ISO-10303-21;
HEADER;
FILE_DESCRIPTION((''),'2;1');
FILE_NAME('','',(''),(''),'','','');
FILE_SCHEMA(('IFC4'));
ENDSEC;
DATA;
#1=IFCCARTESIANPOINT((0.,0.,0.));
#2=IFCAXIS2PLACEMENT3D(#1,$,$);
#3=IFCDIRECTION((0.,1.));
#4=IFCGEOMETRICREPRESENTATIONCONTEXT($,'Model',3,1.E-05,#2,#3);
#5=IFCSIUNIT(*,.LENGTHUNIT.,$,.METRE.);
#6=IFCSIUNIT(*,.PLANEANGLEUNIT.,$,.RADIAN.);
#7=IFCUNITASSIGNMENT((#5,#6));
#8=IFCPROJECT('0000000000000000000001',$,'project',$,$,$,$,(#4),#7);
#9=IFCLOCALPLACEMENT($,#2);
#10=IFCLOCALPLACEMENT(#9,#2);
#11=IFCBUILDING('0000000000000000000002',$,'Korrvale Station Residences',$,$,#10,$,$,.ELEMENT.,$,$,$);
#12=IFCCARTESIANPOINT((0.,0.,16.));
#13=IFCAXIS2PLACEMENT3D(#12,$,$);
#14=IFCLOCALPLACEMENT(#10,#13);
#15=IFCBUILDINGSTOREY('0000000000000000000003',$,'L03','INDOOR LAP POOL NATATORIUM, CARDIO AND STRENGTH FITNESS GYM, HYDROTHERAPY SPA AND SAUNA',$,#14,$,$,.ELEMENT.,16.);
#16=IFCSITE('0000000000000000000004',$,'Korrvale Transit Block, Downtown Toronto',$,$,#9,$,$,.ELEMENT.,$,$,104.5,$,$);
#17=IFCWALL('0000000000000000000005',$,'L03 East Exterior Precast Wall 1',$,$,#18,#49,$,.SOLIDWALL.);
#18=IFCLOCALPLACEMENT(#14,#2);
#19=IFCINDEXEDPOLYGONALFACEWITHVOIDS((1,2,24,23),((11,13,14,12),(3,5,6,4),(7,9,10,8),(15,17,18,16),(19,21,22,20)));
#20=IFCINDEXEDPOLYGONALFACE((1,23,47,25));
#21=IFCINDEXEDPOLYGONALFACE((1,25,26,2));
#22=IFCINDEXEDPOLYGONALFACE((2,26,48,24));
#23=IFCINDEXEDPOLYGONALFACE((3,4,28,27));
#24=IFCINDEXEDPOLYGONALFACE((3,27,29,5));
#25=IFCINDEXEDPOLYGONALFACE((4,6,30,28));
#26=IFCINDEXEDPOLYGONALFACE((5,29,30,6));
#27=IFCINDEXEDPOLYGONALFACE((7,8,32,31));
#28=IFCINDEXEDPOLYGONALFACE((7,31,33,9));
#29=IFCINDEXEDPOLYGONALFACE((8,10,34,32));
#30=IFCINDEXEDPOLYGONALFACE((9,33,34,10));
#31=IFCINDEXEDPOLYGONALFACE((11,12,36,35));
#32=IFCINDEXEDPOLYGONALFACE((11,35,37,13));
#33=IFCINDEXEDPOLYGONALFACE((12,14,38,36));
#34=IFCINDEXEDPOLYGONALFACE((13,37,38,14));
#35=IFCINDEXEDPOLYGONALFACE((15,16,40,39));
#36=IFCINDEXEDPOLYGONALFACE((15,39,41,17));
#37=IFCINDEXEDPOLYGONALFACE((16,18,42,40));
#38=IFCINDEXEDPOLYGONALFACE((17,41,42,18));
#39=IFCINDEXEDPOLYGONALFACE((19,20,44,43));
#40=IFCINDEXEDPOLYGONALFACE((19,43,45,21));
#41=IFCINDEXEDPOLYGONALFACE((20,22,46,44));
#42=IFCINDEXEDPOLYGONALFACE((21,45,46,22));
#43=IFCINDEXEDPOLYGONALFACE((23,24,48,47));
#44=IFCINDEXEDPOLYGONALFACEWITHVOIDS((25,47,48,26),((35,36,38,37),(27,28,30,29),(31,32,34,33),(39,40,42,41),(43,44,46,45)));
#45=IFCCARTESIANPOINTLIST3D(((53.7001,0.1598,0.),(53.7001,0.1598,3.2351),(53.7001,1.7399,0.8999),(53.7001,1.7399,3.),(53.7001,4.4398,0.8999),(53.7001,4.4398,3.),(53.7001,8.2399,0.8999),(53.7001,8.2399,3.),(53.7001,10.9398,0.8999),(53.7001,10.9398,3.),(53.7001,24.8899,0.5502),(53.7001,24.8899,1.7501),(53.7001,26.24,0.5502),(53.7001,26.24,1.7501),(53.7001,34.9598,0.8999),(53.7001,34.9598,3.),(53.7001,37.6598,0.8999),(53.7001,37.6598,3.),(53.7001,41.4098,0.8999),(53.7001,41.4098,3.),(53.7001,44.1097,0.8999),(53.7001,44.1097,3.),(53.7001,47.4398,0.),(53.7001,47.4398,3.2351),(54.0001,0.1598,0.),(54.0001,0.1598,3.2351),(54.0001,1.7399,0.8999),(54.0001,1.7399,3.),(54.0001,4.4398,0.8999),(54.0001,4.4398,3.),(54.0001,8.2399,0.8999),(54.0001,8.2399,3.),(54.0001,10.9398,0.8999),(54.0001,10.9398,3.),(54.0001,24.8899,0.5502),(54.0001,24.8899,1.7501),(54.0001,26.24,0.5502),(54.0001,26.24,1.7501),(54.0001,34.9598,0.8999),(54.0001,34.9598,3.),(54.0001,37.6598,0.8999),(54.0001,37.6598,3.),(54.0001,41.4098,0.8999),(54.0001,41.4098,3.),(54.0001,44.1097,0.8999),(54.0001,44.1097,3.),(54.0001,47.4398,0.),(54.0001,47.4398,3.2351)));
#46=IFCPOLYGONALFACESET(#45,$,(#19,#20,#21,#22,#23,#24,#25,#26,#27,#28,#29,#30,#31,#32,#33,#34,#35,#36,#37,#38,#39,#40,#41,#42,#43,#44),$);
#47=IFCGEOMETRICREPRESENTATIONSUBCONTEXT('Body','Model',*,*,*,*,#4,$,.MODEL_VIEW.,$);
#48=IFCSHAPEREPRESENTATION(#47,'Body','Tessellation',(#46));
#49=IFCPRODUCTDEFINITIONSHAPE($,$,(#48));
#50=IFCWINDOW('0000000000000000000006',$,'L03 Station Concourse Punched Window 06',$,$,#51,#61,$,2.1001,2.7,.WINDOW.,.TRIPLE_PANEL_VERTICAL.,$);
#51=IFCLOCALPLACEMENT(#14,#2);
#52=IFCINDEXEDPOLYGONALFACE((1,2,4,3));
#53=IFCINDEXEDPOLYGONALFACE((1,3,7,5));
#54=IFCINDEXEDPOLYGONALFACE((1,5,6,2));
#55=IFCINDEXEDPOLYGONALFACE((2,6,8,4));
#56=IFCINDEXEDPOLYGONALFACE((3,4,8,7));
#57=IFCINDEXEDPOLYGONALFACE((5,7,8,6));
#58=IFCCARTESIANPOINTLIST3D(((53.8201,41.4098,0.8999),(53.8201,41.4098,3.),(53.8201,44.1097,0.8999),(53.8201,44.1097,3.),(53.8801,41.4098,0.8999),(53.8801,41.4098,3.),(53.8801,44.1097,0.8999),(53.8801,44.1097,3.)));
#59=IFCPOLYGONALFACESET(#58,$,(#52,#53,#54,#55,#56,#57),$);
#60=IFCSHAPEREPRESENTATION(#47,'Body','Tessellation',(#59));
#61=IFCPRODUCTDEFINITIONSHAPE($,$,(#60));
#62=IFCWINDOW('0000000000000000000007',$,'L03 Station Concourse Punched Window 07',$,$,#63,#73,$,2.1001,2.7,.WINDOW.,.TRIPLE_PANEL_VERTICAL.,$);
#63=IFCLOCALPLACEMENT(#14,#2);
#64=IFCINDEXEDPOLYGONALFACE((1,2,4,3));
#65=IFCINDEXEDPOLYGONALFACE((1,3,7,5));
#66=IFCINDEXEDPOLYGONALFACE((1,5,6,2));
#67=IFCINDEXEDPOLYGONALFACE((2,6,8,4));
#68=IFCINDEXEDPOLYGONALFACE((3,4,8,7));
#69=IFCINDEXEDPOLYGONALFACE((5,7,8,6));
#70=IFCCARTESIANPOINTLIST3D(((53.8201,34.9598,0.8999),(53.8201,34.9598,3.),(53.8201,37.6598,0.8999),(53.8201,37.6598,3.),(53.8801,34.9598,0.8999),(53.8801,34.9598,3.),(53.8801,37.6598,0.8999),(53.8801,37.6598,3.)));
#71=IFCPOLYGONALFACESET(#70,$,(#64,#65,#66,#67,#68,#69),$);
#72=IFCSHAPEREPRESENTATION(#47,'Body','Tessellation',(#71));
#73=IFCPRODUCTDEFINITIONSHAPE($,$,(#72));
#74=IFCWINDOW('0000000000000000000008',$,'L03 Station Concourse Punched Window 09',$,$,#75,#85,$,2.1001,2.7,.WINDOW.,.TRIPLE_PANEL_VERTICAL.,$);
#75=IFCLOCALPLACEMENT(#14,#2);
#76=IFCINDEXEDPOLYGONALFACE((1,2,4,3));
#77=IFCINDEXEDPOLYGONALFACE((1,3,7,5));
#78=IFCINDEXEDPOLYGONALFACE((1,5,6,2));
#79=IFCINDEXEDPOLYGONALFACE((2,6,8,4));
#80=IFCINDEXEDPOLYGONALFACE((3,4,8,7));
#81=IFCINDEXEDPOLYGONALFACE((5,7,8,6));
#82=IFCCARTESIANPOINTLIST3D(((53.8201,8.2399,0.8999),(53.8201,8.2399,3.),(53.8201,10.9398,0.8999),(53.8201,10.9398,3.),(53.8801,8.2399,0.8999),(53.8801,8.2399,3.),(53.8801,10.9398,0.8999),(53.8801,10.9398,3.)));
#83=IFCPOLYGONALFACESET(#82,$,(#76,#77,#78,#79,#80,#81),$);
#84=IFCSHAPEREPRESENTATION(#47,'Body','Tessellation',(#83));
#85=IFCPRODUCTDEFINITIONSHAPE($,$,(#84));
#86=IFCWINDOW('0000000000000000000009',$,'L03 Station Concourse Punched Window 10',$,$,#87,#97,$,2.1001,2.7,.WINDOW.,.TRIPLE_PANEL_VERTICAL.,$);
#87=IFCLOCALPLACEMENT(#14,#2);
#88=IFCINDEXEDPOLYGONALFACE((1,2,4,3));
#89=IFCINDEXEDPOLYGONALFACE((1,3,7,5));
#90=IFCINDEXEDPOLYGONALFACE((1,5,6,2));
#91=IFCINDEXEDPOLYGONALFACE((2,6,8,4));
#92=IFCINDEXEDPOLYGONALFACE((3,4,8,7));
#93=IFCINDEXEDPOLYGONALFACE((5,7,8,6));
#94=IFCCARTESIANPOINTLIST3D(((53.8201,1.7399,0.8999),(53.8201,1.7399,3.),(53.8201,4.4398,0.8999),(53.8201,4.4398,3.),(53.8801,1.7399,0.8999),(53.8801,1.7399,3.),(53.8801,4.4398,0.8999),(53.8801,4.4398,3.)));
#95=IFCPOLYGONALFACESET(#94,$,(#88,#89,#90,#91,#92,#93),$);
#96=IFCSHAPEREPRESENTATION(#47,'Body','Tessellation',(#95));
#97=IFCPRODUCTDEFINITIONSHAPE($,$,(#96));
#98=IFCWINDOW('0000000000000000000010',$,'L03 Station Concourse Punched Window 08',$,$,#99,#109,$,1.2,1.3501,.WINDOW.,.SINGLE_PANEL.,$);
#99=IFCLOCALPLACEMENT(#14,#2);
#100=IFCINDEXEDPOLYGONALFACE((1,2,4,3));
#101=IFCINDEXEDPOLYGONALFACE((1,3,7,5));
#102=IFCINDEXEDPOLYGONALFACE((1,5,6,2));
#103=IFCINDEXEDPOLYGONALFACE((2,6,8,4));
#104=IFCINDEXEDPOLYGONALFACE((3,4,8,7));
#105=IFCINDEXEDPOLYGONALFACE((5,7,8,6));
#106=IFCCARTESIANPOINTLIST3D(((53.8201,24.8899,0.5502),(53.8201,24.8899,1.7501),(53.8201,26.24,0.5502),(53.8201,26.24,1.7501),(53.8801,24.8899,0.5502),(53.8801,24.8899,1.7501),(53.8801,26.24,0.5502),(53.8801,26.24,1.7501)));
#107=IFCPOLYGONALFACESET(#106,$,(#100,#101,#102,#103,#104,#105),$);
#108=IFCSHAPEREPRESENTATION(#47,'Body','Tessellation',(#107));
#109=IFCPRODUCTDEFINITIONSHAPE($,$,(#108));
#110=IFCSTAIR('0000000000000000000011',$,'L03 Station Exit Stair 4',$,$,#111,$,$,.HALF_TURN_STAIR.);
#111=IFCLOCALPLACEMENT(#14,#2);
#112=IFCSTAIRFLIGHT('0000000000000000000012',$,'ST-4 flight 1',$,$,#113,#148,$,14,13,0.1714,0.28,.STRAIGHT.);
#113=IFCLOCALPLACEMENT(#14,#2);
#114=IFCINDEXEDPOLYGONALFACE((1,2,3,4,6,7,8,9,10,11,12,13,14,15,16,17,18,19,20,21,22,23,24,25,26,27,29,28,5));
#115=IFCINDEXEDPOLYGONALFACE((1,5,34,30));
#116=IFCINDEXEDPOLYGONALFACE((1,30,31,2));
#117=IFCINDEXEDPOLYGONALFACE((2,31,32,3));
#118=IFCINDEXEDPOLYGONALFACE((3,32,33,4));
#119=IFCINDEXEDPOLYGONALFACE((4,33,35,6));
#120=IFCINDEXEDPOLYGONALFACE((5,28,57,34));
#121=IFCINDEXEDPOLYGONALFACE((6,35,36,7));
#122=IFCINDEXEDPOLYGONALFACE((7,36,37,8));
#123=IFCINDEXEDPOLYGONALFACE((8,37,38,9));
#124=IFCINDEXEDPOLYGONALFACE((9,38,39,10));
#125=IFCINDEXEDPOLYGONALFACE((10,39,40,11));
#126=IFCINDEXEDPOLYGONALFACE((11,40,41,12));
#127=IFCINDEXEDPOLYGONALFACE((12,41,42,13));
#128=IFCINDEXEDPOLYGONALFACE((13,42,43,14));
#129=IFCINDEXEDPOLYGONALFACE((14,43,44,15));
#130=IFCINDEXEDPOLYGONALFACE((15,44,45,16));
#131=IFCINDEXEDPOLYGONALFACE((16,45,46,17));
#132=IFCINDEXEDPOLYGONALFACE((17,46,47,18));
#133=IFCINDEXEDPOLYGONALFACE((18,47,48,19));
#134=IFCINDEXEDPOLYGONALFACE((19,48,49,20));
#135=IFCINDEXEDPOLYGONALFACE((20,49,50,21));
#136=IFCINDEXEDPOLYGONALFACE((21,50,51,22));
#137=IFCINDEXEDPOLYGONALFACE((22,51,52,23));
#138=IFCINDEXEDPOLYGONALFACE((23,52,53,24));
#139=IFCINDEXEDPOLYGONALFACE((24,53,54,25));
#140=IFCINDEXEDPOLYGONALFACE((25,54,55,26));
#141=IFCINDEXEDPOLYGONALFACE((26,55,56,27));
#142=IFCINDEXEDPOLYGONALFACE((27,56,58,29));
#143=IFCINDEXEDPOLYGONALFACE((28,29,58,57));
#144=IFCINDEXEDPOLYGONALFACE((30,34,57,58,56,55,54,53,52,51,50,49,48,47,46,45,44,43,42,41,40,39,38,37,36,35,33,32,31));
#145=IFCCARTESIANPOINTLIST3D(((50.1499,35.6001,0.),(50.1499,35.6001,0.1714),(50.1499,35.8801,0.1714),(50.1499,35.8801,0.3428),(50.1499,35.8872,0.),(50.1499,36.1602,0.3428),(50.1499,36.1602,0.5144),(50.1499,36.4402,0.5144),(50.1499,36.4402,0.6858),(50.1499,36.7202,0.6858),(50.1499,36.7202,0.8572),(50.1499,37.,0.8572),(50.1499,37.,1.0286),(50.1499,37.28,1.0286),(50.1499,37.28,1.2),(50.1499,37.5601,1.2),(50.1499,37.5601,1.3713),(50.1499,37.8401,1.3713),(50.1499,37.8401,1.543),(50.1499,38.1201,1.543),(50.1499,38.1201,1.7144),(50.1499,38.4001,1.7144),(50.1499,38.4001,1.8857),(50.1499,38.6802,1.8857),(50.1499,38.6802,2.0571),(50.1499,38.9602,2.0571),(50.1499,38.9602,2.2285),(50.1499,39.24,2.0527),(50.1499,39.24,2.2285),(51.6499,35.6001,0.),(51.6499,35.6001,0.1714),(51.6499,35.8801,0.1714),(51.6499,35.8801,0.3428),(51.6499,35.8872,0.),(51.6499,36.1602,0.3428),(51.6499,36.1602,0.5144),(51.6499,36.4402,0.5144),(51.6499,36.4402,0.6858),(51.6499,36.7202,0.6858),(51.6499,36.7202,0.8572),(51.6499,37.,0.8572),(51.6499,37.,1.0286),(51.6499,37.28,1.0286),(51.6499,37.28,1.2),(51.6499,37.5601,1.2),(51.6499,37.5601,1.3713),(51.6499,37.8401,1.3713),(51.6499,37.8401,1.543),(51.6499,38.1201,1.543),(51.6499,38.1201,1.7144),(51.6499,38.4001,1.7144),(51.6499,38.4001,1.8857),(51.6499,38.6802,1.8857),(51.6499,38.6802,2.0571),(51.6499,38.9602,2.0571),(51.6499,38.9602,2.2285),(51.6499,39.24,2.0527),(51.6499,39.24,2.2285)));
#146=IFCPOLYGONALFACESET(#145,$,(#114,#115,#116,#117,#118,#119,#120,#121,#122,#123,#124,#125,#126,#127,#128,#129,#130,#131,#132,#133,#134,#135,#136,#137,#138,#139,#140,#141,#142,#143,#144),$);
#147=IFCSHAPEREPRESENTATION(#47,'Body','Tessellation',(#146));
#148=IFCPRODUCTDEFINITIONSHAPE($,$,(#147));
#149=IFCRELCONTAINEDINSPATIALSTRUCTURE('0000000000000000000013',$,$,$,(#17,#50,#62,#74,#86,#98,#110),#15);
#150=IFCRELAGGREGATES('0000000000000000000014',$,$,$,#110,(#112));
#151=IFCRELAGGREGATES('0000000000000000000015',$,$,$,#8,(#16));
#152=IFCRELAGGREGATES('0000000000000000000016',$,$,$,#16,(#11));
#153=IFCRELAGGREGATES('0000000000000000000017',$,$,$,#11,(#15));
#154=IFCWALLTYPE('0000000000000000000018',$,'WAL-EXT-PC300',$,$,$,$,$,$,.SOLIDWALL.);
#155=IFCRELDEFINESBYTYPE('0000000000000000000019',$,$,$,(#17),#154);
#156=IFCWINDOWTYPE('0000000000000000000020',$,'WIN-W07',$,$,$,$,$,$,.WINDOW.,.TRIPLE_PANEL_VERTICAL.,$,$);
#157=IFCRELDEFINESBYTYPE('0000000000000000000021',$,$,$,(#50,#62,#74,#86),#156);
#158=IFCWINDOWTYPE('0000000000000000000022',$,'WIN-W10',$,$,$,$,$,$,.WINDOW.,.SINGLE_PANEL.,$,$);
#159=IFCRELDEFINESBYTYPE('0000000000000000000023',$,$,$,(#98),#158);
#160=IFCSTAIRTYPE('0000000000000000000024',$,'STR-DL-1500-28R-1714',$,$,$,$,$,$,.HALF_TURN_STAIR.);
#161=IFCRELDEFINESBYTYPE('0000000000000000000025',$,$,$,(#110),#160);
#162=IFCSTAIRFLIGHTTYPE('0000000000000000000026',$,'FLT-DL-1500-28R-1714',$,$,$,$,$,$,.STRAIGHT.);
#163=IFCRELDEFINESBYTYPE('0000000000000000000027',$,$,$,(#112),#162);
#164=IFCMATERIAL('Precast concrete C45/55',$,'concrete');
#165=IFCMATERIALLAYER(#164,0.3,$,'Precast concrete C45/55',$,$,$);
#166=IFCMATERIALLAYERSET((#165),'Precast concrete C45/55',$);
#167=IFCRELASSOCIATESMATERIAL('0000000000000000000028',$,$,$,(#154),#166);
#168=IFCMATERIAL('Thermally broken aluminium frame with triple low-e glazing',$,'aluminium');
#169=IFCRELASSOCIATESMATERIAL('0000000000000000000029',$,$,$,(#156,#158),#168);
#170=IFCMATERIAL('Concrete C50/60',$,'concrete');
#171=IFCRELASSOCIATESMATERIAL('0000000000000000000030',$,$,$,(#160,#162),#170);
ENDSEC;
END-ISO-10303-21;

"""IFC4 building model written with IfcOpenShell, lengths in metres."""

from ifc_helpers import new_model, si_unit, direction, frame, frame_2d, origin, place, context, subcontext, project, spatial, polyline, rectangle, outline, extrude, material, layer, layer_set, type_object, element, fill, aggregate, save


model = new_model("IFC4")

# Units and contexts
model_context = context("Model", 3, precision=1e-05, world=origin(), true_north=direction((0.0, 1.0)))
body_context = subcontext(model_context, "Body", "Model", "MODEL_VIEW")
ifc_project = project(units=[si_unit("LENGTHUNIT", "METRE"), si_unit("PLANEANGLEUNIT", "RADIAN")], contexts=[model_context])

# Site, building, storey
site_placement = place(None, origin())
site = spatial("IfcSite", under=ifc_project, at=site_placement, Name="Korrvale Transit Block, Downtown Toronto", CompositionType="ELEMENT", RefElevation=104.5)
building_placement = place(site_placement, origin())
building = spatial("IfcBuilding", under=site, at=building_placement, Name="Korrvale Station Residences", CompositionType="ELEMENT")
storey_placement = place(building_placement, frame((0.0, 0.0, 16.0)))
storey = spatial("IfcBuildingStorey", under=building, at=storey_placement, Name="L03", Description="INDOOR LAP POOL NATATORIUM, CARDIO AND STRENGTH FITNESS GYM, HYDROTHERAPY SPA AND SAUNA", CompositionType="ELEMENT", Elevation=16.0)

# Wall, openings, windows
ifc_material_1 = material(Name="Precast concrete C45/55", Category="concrete")
ifc_layer_1 = layer(ifc_material_1, 0.3, Name="Precast concrete C45/55")
ifc_layer_set_1 = layer_set([ifc_layer_1], Name="Precast concrete C45/55")
wall_type_1 = type_object("IfcWallType", Name="WAL-EXT-PC300", PredefinedType="SOLIDWALL", material=ifc_layer_set_1)
wall_1_placement = place(storey_placement, frame((53.8501, 47.4399, 0.0), z_axis=(0.0, 0.0, 1.0), x_axis=(0.0, -1.0, 0.0)))
wall_1 = element("IfcWall", 1, at=wall_1_placement, inside=storey, type_object=wall_type_1, Name="L03 East Exterior Precast Wall 1", PredefinedType="SOLIDWALL", context=body_context, shape_type="SweptSolid", body=[
    extrude(rectangle(XDim=47.28, YDim=0.3, at=frame_2d((23.6401, 0.0))), origin(), (0.0, 0.0, 1.0), 3.2351),
])
opening_1_placement = place(wall_1_placement, frame((3.3301, 0.0, 0.8999)))
opening_1 = element("IfcOpeningElement", 2, at=opening_1_placement, cuts=wall_1, PredefinedType="OPENING", context=body_context, shape_type="SweptSolid", body=[
    extrude(rectangle(XDim=2.7, YDim=2.1001, at=frame_2d((1.3501, 1.05))), frame((0.0, 0.1602, 0.0), z_axis=(0.0, -1.0, 0.0), x_axis=(1.0, 0.0, 0.0)), (0.0, 0.0, 1.0), 0.3201),
])
opening_2_placement = place(wall_1_placement, frame((9.78, 0.0, 0.8999)))
opening_2 = element("IfcOpeningElement", 3, at=opening_2_placement, cuts=wall_1, PredefinedType="OPENING", context=body_context, shape_type="SweptSolid", body=[
    extrude(rectangle(XDim=2.7, YDim=2.1001, at=frame_2d((1.3501, 1.05))), frame((0.0, 0.1602, 0.0), z_axis=(0.0, -1.0, 0.0), x_axis=(1.0, 0.0, 0.0)), (0.0, 0.0, 1.0), 0.3201),
])
opening_3_placement = place(wall_1_placement, frame((21.2, 0.0, 0.55)))
opening_3 = element("IfcOpeningElement", 4, at=opening_3_placement, cuts=wall_1, PredefinedType="OPENING", context=body_context, shape_type="SweptSolid", body=[
    extrude(rectangle(XDim=1.3501, YDim=1.2, at=frame_2d((0.675, 0.6001))), frame((0.0, 0.1602, 0.0), z_axis=(0.0, -1.0, 0.0), x_axis=(1.0, 0.0, 0.0)), (0.0, 0.0, 1.0), 0.3201),
])
opening_4_placement = place(wall_1_placement, frame((36.5, 0.0, 0.8999)))
opening_4 = element("IfcOpeningElement", 5, at=opening_4_placement, cuts=wall_1, PredefinedType="OPENING", context=body_context, shape_type="SweptSolid", body=[
    extrude(rectangle(XDim=2.7, YDim=2.1001, at=frame_2d((1.3501, 1.05))), frame((0.0, 0.1602, 0.0), z_axis=(0.0, -1.0, 0.0), x_axis=(1.0, 0.0, 0.0)), (0.0, 0.0, 1.0), 0.3201),
])
opening_5_placement = place(wall_1_placement, frame((43.0, 0.0, 0.8999)))
opening_5 = element("IfcOpeningElement", 6, at=opening_5_placement, cuts=wall_1, PredefinedType="OPENING", context=body_context, shape_type="SweptSolid", body=[
    extrude(rectangle(XDim=2.7, YDim=2.1001, at=frame_2d((1.3501, 1.05))), frame((0.0, 0.1602, 0.0), z_axis=(0.0, -1.0, 0.0), x_axis=(1.0, 0.0, 0.0)), (0.0, 0.0, 1.0), 0.3201),
])
ifc_material_2 = material(Name="Thermally broken aluminium frame with triple low-e glazing", Category="aluminium")
window_type_1 = type_object("IfcWindowType", Name="WIN-W07", PartitioningType="TRIPLE_PANEL_VERTICAL", PredefinedType="WINDOW", material=ifc_material_2)
window_1_placement = place(opening_1_placement, origin())
window_1 = element("IfcWindow", 7, at=window_1_placement, inside=storey, type_object=window_type_1, Name="L03 Station Concourse Punched Window 06", OverallHeight=2.1001, OverallWidth=2.7, PartitioningType="TRIPLE_PANEL_VERTICAL", PredefinedType="WINDOW", context=body_context, shape_type="SweptSolid", body=[
    extrude(rectangle(XDim=2.7, YDim=2.1001, at=frame_2d((1.3501, 1.05))), frame((0.0, 0.03, 0.0), z_axis=(0.0, -1.0, 0.0), x_axis=(1.0, 0.0, 0.0)), (0.0, 0.0, 1.0), 0.0601),
])
fill(opening_1, window_1)
window_2_placement = place(opening_2_placement, origin())
window_2 = element("IfcWindow", 8, at=window_2_placement, inside=storey, type_object=window_type_1, Name="L03 Station Concourse Punched Window 07", OverallHeight=2.1001, OverallWidth=2.7, PartitioningType="TRIPLE_PANEL_VERTICAL", PredefinedType="WINDOW", context=body_context, shape_type="SweptSolid", body=[
    extrude(rectangle(XDim=2.7, YDim=2.1001, at=frame_2d((1.3501, 1.05))), frame((0.0, 0.03, 0.0), z_axis=(0.0, -1.0, 0.0), x_axis=(1.0, 0.0, 0.0)), (0.0, 0.0, 1.0), 0.0601),
])
fill(opening_2, window_2)
window_3_placement = place(opening_4_placement, origin())
window_3 = element("IfcWindow", 9, at=window_3_placement, inside=storey, type_object=window_type_1, Name="L03 Station Concourse Punched Window 09", OverallHeight=2.1001, OverallWidth=2.7, PartitioningType="TRIPLE_PANEL_VERTICAL", PredefinedType="WINDOW", context=body_context, shape_type="SweptSolid", body=[
    extrude(rectangle(XDim=2.7, YDim=2.1001, at=frame_2d((1.3501, 1.05))), frame((0.0, 0.03, 0.0), z_axis=(0.0, -1.0, 0.0), x_axis=(1.0, 0.0, 0.0)), (0.0, 0.0, 1.0), 0.0601),
])
fill(opening_4, window_3)
window_4_placement = place(opening_5_placement, origin())
window_4 = element("IfcWindow", 10, at=window_4_placement, inside=storey, type_object=window_type_1, Name="L03 Station Concourse Punched Window 10", OverallHeight=2.1001, OverallWidth=2.7, PartitioningType="TRIPLE_PANEL_VERTICAL", PredefinedType="WINDOW", context=body_context, shape_type="SweptSolid", body=[
    extrude(rectangle(XDim=2.7, YDim=2.1001, at=frame_2d((1.3501, 1.05))), frame((0.0, 0.03, 0.0), z_axis=(0.0, -1.0, 0.0), x_axis=(1.0, 0.0, 0.0)), (0.0, 0.0, 1.0), 0.0601),
])
fill(opening_5, window_4)
window_type_2 = type_object("IfcWindowType", Name="WIN-W10", PartitioningType="SINGLE_PANEL", PredefinedType="WINDOW", material=ifc_material_2)
window_5_placement = place(opening_3_placement, origin())
window_5 = element("IfcWindow", 11, at=window_5_placement, inside=storey, type_object=window_type_2, Name="L03 Station Concourse Punched Window 08", OverallHeight=1.2, OverallWidth=1.3501, PartitioningType="SINGLE_PANEL", PredefinedType="WINDOW", context=body_context, shape_type="SweptSolid", body=[
    extrude(rectangle(XDim=1.3501, YDim=1.2, at=frame_2d((0.675, 0.6001))), frame((0.0, 0.03, 0.0), z_axis=(0.0, -1.0, 0.0), x_axis=(1.0, 0.0, 0.0)), (0.0, 0.0, 1.0), 0.0601),
])
fill(opening_3, window_5)

# Stair, stair flight
ifc_material_3 = material(Name="Concrete C50/60", Category="concrete")
stair_type = type_object("IfcStairType", Name="STR-DL-1500-28R-1714", PredefinedType="HALF_TURN_STAIR", material=ifc_material_3)
stair_placement = place(storey_placement, origin())
stair = element("IfcStair", 12, at=stair_placement, inside=storey, type_object=stair_type, Name="L03 Station Exit Stair 4", PredefinedType="HALF_TURN_STAIR")
stair_flight_type = type_object("IfcStairFlightType", Name="FLT-DL-1500-28R-1714", PredefinedType="STRAIGHT", material=ifc_material_3)
stair_flight_1_placement = place(storey_placement, frame((50.8999, 35.6001, 0.0), z_axis=(0.0, 0.0, 1.0), x_axis=(0.0, 1.0, 0.0)))
stair_flight_1 = element("IfcStairFlight", 13, at=stair_flight_1_placement, type_object=stair_flight_type, Name="ST-4 flight 1", NumberOfRisers=14, NumberOfTreads=13, PredefinedType="STRAIGHT", RiserHeight=0.1714, TreadLength=0.28, context=body_context, shape_type="SweptSolid", body=[
    extrude(outline(polyline([(0.0, 0.0), (0.0, 0.1714), (0.28, 0.1714), (0.28, 0.3428), (0.5601, 0.3428), (0.5601, 0.5144), (0.8401, 0.5144), (0.8401, 0.6858), (1.1201, 0.6858), (1.1201, 0.8572), (1.3999, 0.8572), (1.3999, 1.0286), (1.6799, 1.0286), (1.6799, 1.2), (1.96, 1.2), (1.96, 1.3713), (2.24, 1.3713), (2.24, 1.543), (2.52, 1.543), (2.52, 1.7144), (2.8, 1.7144), (2.8, 1.8857), (3.0801, 1.8857), (3.0801, 2.0571), (3.3601, 2.0571), (3.3601, 2.2285), (3.6399, 2.2285), (3.6399, 2.3999), (3.6399, 2.0527), (0.2871, 0.0), (0.0, 0.0)])), frame((0.0, 0.75, 0.0), z_axis=(0.0, -1.0, 0.0), x_axis=(1.0, 0.0, 0.0)), (0.0, 0.0, 1.0), 1.5),
])
aggregate(stair, [stair_flight_1])

save(model, "model.ifc")
